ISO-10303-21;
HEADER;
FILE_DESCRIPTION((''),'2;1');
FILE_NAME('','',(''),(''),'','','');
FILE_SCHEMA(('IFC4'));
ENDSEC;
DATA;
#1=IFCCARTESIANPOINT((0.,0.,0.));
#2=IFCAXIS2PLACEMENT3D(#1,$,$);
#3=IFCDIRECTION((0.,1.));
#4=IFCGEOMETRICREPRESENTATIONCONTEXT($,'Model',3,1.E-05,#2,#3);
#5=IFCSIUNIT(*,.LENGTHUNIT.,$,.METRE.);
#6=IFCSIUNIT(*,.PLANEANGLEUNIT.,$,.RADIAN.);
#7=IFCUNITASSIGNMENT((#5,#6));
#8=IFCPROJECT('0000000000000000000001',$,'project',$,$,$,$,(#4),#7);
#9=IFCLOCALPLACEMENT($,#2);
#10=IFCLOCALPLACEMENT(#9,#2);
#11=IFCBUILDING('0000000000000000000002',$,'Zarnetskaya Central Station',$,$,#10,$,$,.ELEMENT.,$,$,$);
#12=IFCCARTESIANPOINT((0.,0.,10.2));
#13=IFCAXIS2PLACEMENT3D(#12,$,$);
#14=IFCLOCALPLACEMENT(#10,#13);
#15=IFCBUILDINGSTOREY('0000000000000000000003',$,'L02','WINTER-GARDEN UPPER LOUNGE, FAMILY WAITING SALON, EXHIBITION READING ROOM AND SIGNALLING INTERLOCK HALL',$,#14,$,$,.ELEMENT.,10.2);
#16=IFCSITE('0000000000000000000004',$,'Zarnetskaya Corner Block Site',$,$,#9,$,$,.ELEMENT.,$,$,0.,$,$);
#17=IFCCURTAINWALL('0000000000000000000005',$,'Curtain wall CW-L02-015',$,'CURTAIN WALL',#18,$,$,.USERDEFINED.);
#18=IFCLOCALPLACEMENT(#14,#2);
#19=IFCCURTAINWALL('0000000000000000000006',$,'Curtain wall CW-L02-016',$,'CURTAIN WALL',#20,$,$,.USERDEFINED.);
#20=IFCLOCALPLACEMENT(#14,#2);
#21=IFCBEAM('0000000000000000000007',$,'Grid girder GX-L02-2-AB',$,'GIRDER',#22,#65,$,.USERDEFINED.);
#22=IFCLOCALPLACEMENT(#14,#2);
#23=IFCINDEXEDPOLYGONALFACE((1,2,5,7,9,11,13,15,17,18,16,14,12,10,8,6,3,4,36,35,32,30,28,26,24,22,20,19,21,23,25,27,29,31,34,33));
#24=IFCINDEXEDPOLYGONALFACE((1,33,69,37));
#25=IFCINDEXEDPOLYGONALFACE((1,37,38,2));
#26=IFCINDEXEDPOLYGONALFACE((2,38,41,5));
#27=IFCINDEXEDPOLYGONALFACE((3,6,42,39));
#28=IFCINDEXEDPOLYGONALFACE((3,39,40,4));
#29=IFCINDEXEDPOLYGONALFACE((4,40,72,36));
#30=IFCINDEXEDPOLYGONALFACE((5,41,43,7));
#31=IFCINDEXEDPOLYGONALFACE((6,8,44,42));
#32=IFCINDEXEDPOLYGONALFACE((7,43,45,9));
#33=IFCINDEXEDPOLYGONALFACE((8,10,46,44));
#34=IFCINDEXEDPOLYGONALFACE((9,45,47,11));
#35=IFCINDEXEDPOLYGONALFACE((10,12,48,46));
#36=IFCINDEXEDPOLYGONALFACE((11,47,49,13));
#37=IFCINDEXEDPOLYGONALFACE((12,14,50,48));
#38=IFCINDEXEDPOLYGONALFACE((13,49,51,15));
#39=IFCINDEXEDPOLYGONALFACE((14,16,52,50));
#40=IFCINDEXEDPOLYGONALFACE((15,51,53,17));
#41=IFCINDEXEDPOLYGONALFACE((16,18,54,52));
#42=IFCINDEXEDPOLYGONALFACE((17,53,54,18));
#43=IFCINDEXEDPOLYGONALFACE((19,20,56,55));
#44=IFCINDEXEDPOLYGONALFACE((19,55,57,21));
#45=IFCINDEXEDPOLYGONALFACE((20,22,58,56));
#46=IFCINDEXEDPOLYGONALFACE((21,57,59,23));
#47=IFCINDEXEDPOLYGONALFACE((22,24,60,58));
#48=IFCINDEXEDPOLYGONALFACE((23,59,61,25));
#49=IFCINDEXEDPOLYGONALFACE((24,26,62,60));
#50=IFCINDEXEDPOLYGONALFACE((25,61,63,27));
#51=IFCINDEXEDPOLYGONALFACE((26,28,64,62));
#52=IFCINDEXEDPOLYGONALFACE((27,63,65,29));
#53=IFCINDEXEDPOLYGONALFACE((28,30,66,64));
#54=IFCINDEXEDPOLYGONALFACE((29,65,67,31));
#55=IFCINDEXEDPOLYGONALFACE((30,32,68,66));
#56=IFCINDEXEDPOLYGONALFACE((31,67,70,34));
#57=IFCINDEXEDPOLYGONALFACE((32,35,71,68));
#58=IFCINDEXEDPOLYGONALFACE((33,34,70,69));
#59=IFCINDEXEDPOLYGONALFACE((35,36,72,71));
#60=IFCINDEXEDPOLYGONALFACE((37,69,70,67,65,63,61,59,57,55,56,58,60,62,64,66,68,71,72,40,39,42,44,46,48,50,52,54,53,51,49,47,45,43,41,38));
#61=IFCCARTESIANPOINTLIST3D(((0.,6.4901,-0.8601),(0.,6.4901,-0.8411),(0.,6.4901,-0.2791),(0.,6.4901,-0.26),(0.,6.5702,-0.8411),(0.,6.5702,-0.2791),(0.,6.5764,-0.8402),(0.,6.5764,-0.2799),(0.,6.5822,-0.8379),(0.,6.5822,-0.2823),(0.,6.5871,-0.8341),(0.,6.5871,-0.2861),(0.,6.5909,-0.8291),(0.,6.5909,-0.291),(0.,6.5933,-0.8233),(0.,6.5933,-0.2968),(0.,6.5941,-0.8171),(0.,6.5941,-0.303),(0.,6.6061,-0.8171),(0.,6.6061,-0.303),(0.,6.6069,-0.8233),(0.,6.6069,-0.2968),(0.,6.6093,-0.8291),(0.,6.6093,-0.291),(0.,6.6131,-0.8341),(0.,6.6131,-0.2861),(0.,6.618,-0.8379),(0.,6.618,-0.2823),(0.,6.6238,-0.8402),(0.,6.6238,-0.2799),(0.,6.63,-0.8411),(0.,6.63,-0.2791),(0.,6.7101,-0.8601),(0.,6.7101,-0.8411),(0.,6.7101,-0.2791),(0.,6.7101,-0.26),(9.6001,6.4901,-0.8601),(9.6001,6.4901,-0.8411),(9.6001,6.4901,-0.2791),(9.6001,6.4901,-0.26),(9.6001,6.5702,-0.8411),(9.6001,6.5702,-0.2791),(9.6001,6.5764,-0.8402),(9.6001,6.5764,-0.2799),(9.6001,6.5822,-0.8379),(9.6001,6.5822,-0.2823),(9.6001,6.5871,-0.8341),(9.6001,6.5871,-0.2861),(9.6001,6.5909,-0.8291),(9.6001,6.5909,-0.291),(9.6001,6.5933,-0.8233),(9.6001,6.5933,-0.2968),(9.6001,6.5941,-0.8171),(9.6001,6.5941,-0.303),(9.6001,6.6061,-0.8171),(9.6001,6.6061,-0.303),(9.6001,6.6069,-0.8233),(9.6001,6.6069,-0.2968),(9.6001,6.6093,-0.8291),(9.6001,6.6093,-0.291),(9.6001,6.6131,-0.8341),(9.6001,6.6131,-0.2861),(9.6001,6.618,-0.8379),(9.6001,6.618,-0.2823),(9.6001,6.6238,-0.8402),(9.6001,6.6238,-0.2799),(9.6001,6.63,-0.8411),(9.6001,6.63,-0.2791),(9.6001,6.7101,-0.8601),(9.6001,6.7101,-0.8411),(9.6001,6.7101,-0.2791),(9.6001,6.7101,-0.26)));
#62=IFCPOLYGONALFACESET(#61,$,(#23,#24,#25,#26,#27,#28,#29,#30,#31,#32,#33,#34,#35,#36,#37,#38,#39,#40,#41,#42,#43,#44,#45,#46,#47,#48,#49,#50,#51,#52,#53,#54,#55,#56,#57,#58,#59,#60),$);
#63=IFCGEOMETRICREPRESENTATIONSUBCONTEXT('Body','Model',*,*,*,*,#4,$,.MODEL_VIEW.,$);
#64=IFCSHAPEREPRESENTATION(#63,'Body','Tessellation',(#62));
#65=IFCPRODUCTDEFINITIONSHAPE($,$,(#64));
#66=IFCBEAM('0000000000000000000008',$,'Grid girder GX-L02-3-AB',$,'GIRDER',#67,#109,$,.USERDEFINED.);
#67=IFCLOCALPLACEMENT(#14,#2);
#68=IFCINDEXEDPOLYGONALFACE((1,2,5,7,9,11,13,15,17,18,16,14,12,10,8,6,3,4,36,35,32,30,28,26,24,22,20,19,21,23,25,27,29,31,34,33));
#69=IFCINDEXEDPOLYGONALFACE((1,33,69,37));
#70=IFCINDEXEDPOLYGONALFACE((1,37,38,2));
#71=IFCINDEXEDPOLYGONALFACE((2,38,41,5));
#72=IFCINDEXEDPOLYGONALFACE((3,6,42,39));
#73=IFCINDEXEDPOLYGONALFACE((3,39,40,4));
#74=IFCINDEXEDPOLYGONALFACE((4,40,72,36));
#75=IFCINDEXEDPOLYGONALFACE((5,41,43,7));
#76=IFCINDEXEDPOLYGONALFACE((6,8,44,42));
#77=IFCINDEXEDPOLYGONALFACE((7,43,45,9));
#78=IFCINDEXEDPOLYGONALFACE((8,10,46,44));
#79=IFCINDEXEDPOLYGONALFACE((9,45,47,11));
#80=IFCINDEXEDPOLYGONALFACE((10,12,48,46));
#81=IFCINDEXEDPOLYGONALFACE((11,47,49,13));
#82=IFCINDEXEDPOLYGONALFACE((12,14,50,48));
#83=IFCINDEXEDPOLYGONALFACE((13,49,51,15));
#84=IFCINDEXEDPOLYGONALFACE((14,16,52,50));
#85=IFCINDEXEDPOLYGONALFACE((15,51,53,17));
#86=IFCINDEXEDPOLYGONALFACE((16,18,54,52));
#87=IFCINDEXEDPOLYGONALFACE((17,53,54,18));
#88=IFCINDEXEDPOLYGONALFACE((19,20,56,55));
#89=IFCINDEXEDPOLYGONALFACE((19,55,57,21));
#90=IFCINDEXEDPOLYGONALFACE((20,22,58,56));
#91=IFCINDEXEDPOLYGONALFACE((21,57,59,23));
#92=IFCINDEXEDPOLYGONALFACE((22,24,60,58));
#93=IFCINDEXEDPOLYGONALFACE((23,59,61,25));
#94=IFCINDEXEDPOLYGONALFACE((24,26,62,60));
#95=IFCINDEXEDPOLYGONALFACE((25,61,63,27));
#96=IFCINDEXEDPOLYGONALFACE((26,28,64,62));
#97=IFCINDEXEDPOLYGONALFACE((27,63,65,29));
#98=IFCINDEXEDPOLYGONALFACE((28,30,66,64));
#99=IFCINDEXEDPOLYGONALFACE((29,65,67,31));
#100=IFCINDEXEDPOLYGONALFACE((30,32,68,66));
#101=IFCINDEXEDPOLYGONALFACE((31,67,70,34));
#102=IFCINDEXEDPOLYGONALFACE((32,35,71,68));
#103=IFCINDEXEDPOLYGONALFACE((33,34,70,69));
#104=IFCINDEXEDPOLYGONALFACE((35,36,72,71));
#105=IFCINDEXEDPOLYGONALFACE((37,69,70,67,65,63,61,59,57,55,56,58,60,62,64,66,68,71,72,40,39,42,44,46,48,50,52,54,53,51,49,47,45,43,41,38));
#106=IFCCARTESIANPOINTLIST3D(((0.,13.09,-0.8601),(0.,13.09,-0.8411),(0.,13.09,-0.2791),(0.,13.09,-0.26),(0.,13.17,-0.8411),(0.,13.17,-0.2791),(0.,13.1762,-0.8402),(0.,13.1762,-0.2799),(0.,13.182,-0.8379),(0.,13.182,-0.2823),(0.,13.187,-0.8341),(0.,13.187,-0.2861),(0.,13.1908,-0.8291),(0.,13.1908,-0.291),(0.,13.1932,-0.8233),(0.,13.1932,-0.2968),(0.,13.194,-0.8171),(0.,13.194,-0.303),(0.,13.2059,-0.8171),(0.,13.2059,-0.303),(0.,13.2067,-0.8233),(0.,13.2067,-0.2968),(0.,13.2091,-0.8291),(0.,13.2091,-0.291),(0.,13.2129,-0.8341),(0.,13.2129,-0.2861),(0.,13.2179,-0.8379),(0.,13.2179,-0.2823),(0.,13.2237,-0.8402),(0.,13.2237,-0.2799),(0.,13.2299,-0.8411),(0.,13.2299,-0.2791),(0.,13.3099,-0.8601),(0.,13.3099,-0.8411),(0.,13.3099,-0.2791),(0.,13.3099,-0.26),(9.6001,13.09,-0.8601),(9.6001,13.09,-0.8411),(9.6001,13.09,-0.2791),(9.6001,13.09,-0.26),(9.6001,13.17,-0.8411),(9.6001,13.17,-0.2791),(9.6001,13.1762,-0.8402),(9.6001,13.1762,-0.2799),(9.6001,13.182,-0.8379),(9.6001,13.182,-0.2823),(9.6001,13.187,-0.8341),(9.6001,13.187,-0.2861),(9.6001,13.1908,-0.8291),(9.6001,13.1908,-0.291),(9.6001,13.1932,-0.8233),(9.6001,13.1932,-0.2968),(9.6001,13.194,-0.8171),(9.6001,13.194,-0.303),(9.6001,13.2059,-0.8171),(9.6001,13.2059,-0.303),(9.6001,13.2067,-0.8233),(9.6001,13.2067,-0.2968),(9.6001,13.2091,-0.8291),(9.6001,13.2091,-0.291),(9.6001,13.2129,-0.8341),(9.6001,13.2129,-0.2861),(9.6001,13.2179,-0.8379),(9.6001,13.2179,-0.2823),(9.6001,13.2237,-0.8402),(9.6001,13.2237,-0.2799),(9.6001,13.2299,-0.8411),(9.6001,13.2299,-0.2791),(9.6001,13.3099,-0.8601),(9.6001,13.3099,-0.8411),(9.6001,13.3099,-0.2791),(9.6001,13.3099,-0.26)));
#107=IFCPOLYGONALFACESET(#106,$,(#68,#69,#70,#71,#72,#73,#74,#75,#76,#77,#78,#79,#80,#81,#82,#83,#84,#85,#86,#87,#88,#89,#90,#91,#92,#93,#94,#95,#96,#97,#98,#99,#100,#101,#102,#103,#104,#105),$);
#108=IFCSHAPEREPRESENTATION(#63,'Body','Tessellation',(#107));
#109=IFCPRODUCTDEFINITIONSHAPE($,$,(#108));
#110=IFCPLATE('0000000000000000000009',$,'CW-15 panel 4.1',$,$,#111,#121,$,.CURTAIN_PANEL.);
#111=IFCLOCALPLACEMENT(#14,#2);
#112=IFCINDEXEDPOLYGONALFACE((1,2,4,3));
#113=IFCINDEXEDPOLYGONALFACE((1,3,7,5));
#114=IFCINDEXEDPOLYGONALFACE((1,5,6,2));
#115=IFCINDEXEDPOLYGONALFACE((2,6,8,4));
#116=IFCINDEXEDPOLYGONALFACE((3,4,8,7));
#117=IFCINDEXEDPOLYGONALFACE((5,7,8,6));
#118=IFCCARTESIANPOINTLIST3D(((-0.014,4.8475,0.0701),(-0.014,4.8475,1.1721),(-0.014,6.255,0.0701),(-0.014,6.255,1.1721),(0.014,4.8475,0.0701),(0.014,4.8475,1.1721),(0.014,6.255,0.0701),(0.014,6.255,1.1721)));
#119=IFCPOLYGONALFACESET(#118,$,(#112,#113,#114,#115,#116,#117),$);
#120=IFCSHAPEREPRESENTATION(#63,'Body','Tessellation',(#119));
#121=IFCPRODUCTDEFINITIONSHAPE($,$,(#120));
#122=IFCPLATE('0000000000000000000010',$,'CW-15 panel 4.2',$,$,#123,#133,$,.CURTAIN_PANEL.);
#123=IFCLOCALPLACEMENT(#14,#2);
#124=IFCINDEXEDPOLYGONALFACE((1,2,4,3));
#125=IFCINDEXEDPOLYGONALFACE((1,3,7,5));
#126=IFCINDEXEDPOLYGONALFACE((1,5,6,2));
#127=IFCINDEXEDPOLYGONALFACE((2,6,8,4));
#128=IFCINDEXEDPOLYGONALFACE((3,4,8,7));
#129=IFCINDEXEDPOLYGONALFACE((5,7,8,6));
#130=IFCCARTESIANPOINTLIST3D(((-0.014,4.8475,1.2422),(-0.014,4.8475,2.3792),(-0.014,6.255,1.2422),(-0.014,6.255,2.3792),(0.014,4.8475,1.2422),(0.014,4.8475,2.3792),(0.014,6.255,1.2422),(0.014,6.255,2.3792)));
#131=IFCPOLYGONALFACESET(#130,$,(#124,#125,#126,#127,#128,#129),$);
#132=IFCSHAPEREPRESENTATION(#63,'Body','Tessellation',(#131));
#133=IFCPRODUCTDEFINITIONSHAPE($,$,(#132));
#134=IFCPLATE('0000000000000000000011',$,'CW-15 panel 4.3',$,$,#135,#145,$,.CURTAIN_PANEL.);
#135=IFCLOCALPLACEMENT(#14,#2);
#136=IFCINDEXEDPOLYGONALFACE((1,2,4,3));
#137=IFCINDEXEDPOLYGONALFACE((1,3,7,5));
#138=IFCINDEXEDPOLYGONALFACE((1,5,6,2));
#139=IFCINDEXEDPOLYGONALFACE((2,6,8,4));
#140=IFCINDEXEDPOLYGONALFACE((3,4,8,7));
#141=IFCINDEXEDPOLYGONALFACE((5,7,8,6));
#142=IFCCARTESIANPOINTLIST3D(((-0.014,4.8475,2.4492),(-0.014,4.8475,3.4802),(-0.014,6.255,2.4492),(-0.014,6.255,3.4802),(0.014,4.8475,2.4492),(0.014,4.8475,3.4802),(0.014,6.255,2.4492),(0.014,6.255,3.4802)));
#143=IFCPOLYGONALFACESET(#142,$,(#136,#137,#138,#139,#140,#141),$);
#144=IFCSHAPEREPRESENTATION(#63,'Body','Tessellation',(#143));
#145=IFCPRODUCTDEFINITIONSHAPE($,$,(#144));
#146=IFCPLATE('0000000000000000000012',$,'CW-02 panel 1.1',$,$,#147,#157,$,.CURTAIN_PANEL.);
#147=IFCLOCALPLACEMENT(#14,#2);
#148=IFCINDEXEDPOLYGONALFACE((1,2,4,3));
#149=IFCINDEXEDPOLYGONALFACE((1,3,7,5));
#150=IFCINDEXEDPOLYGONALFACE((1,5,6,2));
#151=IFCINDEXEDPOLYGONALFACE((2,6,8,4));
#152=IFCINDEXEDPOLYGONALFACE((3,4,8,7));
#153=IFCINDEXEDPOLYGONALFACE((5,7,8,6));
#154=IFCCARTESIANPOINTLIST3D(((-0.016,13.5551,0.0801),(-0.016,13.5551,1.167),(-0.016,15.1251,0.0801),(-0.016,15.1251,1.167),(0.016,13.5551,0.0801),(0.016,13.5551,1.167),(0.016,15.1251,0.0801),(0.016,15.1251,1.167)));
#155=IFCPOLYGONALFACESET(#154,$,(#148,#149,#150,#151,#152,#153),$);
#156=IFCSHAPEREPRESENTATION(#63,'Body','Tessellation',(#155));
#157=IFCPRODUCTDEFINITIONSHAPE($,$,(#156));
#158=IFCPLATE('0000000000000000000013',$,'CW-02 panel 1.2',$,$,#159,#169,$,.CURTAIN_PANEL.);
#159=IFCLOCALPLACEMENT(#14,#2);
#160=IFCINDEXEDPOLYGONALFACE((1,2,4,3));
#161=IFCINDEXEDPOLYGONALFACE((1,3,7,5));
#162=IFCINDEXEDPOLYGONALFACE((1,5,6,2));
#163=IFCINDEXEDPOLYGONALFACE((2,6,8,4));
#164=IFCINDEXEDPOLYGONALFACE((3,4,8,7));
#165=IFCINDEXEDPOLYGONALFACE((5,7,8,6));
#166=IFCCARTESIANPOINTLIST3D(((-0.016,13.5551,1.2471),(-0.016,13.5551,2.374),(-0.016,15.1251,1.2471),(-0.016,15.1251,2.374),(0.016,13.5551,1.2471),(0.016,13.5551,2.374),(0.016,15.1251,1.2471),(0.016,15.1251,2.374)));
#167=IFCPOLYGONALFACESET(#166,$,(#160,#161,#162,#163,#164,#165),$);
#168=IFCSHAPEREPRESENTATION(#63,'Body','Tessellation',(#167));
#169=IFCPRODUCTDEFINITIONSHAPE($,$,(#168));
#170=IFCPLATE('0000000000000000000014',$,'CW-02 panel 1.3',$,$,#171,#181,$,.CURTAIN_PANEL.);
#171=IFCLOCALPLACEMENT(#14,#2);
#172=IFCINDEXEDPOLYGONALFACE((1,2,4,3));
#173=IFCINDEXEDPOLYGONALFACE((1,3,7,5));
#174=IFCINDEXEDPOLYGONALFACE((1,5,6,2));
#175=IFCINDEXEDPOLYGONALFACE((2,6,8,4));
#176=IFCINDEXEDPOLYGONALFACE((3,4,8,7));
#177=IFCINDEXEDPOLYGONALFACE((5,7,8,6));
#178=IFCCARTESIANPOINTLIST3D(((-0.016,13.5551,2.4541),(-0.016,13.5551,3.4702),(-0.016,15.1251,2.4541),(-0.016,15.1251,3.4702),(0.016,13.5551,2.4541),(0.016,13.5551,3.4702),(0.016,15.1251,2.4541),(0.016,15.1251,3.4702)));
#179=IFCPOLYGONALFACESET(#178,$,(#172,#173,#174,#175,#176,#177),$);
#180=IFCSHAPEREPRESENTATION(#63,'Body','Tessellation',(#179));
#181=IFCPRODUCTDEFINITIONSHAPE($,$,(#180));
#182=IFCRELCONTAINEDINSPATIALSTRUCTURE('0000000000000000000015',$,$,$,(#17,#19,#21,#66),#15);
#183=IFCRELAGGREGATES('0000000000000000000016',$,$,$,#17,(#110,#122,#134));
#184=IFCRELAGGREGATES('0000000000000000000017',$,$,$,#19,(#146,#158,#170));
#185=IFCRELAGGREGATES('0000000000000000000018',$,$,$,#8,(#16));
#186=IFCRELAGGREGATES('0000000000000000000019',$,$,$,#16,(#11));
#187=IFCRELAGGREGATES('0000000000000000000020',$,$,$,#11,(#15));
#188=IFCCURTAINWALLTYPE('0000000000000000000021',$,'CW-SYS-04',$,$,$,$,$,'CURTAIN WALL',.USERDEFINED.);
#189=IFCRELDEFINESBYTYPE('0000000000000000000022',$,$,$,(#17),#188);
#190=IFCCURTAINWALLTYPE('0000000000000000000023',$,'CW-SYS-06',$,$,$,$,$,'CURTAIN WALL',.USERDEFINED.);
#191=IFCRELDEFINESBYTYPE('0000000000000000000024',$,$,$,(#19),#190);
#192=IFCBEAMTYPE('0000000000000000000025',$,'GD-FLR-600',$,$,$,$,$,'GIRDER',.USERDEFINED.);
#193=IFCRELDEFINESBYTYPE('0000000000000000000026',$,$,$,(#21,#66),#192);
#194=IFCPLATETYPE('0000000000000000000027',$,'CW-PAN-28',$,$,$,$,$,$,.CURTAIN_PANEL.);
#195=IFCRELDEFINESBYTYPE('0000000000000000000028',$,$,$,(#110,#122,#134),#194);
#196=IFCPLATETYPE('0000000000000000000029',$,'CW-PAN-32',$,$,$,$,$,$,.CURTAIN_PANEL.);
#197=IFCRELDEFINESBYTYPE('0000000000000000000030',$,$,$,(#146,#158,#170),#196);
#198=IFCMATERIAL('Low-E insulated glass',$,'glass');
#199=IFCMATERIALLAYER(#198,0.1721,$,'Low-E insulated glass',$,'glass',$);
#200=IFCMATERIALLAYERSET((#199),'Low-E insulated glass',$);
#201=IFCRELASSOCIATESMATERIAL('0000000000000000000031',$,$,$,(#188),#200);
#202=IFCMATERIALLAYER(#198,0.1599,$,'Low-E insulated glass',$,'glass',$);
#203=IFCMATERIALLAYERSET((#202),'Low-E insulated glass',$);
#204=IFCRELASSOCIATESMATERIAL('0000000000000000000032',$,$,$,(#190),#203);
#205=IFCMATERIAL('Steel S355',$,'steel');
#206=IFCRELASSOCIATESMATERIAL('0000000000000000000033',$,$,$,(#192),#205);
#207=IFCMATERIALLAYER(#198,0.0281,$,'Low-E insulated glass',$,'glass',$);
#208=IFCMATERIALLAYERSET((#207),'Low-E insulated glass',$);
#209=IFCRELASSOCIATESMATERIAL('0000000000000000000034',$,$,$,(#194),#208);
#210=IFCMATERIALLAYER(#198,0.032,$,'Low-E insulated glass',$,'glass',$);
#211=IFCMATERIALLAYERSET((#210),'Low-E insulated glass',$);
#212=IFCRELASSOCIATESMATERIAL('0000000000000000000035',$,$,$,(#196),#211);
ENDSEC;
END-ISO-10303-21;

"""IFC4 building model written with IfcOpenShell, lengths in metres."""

from ifc_helpers import new_model, si_unit, direction, frame, origin, origin_2d, place, context, subcontext, project, spatial, rectangle, i_section, extrude, material, layer, layer_set, material_profile, profile_set, type_object, element, aggregate, save


model = new_model("IFC4")

# Units and contexts
model_context = context("Model", 3, precision=1e-05, world=origin(), true_north=direction((0.0, 1.0)))
body_context = subcontext(model_context, "Body", "Model", "MODEL_VIEW")
ifc_project = project(units=[si_unit("LENGTHUNIT", "METRE"), si_unit("PLANEANGLEUNIT", "RADIAN")], contexts=[model_context])

# Site, building, storey
site_placement = place(None, origin())
site = spatial("IfcSite", under=ifc_project, at=site_placement, Name="Zarnetskaya Corner Block Site", CompositionType="ELEMENT", RefElevation=0.0)
building_placement = place(site_placement, origin())
building = spatial("IfcBuilding", under=site, at=building_placement, Name="Zarnetskaya Central Station", CompositionType="ELEMENT")
storey_placement = place(building_placement, frame((0.0, 0.0, 10.2)))
storey = spatial("IfcBuildingStorey", under=building, at=storey_placement, Name="L02", Description="WINTER-GARDEN UPPER LOUNGE, FAMILY WAITING SALON, EXHIBITION READING ROOM AND SIGNALLING INTERLOCK HALL", CompositionType="ELEMENT", Elevation=10.2)

# Shared definitions
ifc_material_1 = material(Name="Steel S355", Category="steel")

# Curtain wall
ifc_material_2 = material(Name="Low-E insulated glass", Category="glass")
ifc_layer_1 = layer(ifc_material_2, 0.1721, Name="Low-E insulated glass", Category="glass")
ifc_layer_set_1 = layer_set([ifc_layer_1], Name="Low-E insulated glass")
curtain_wall_type_1 = type_object("IfcCurtainWallType", Name="CW-SYS-04", ElementType="CURTAIN WALL", PredefinedType="USERDEFINED", material=ifc_layer_set_1)
curtain_wall_1_placement = place(storey_placement, origin())
curtain_wall_1 = element("IfcCurtainWall", 1, at=curtain_wall_1_placement, inside=storey, type_object=curtain_wall_type_1, Name="Curtain wall CW-L02-015", ObjectType="CURTAIN WALL", PredefinedType="USERDEFINED")

# Curtain wall
ifc_layer_2 = layer(ifc_material_2, 0.1599, Name="Low-E insulated glass", Category="glass")
ifc_layer_set_2 = layer_set([ifc_layer_2], Name="Low-E insulated glass")
curtain_wall_type_2 = type_object("IfcCurtainWallType", Name="CW-SYS-06", ElementType="CURTAIN WALL", PredefinedType="USERDEFINED", material=ifc_layer_set_2)
curtain_wall_2_placement = place(storey_placement, origin())
curtain_wall_2 = element("IfcCurtainWall", 2, at=curtain_wall_2_placement, inside=storey, type_object=curtain_wall_type_2, Name="Curtain wall CW-L02-016", ObjectType="CURTAIN WALL", PredefinedType="USERDEFINED")

# Beams
ifc_material_profile_1 = material_profile(ifc_material_1, i_section(OverallWidth=0.22, OverallDepth=0.6001, WebThickness=0.012, FlangeThickness=0.019, FilletRadius=0.0239, at=origin_2d()), Name="IPE 600")
ifc_profile_set_1 = profile_set([ifc_material_profile_1], Name="Steel S355")
beam_type_1 = type_object("IfcBeamType", Name="GD-FLR-600", ElementType="GIRDER", PredefinedType="USERDEFINED", material=ifc_profile_set_1)
for number, where, z_axis, x_axis, name in (
    (3, (0.0, 6.6001, -0.5601), (1.0, 0.0, 0.0), (0.0, 1.0, 0.0), "Grid girder GX-L02-2-AB"),
    (4, (0.0, 13.2, -0.5601), (1.0, 0.0, 0.0), (0.0, 1.0, 0.0), "Grid girder GX-L02-3-AB"),
):
    element("IfcBeam", number, at=place(storey_placement, frame(where, z_axis=z_axis, x_axis=x_axis)), inside=storey, type_object=beam_type_1, Name=name, ObjectType="GIRDER", PredefinedType="USERDEFINED", context=body_context, shape_type="SweptSolid", body=[
        extrude(i_section(OverallWidth=0.22, OverallDepth=0.6001, WebThickness=0.012, FlangeThickness=0.019, FilletRadius=0.0239, at=origin_2d()), origin(), (0.0, 0.0, 1.0), 9.6001),
    ])

# Plates
ifc_layer_3 = layer(ifc_material_2, 0.0281, Name="Low-E insulated glass", Category="glass")
ifc_layer_set_3 = layer_set([ifc_layer_3], Name="Low-E insulated glass")
plate_type_1 = type_object("IfcPlateType", Name="CW-PAN-28", PredefinedType="CURTAIN_PANEL", material=ifc_layer_set_3)
plate_1_placement = place(storey_placement, frame((0.0, 5.5513, 0.0701), z_axis=(0.0, 0.0, 1.0), x_axis=(0.0, 1.0, 0.0)))
plate_1 = element("IfcPlate", 5, at=plate_1_placement, type_object=plate_type_1, Name="CW-15 panel 4.1", PredefinedType="CURTAIN_PANEL", context=body_context, shape_type="SweptSolid", body=[
    extrude(rectangle(XDim=1.4075, YDim=0.0281, at=origin_2d()), origin(), (0.0, 0.0, 1.0), 1.1021),
])
plate_2_placement = place(storey_placement, frame((0.0, 5.5513, 1.2422), z_axis=(0.0, 0.0, 1.0), x_axis=(0.0, 1.0, 0.0)))
plate_2 = element("IfcPlate", 6, at=plate_2_placement, type_object=plate_type_1, Name="CW-15 panel 4.2", PredefinedType="CURTAIN_PANEL", context=body_context, shape_type="SweptSolid", body=[
    extrude(rectangle(XDim=1.4075, YDim=0.0281, at=origin_2d()), origin(), (0.0, 0.0, 1.0), 1.137),
])
plate_3_placement = place(storey_placement, frame((0.0, 5.5513, 2.4492), z_axis=(0.0, 0.0, 1.0), x_axis=(0.0, 1.0, 0.0)))
plate_3 = element("IfcPlate", 7, at=plate_3_placement, type_object=plate_type_1, Name="CW-15 panel 4.3", PredefinedType="CURTAIN_PANEL", context=body_context, shape_type="SweptSolid", body=[
    extrude(rectangle(XDim=1.4075, YDim=0.0281, at=origin_2d()), origin(), (0.0, 0.0, 1.0), 1.031),
])
aggregate(curtain_wall_1, [plate_1, plate_2, plate_3])
ifc_layer_4 = layer(ifc_material_2, 0.032, Name="Low-E insulated glass", Category="glass")
ifc_layer_set_4 = layer_set([ifc_layer_4], Name="Low-E insulated glass")
plate_type_2 = type_object("IfcPlateType", Name="CW-PAN-32", PredefinedType="CURTAIN_PANEL", material=ifc_layer_set_4)
plate_4_placement = place(storey_placement, frame((0.0, 14.3401, 0.0801), z_axis=(0.0, 0.0, 1.0), x_axis=(0.0, 1.0, 0.0)))
plate_4 = element("IfcPlate", 8, at=plate_4_placement, type_object=plate_type_2, Name="CW-02 panel 1.1", PredefinedType="CURTAIN_PANEL", context=body_context, shape_type="SweptSolid", body=[
    extrude(rectangle(XDim=1.5701, YDim=0.032, at=origin_2d()), origin(), (0.0, 0.0, 1.0), 1.0869),
])
plate_5_placement = place(storey_placement, frame((0.0, 14.3401, 1.2471), z_axis=(0.0, 0.0, 1.0), x_axis=(0.0, 1.0, 0.0)))
plate_5 = element("IfcPlate", 9, at=plate_5_placement, type_object=plate_type_2, Name="CW-02 panel 1.2", PredefinedType="CURTAIN_PANEL", context=body_context, shape_type="SweptSolid", body=[
    extrude(rectangle(XDim=1.5701, YDim=0.032, at=origin_2d()), origin(), (0.0, 0.0, 1.0), 1.127),
])
plate_6_placement = place(storey_placement, frame((0.0, 14.3401, 2.4541), z_axis=(0.0, 0.0, 1.0), x_axis=(0.0, 1.0, 0.0)))
plate_6 = element("IfcPlate", 10, at=plate_6_placement, type_object=plate_type_2, Name="CW-02 panel 1.3", PredefinedType="CURTAIN_PANEL", context=body_context, shape_type="SweptSolid", body=[
    extrude(rectangle(XDim=1.5701, YDim=0.032, at=origin_2d()), origin(), (0.0, 0.0, 1.0), 1.0161),
])
aggregate(curtain_wall_2, [plate_4, plate_5, plate_6])

save(model, "model.ifc")
